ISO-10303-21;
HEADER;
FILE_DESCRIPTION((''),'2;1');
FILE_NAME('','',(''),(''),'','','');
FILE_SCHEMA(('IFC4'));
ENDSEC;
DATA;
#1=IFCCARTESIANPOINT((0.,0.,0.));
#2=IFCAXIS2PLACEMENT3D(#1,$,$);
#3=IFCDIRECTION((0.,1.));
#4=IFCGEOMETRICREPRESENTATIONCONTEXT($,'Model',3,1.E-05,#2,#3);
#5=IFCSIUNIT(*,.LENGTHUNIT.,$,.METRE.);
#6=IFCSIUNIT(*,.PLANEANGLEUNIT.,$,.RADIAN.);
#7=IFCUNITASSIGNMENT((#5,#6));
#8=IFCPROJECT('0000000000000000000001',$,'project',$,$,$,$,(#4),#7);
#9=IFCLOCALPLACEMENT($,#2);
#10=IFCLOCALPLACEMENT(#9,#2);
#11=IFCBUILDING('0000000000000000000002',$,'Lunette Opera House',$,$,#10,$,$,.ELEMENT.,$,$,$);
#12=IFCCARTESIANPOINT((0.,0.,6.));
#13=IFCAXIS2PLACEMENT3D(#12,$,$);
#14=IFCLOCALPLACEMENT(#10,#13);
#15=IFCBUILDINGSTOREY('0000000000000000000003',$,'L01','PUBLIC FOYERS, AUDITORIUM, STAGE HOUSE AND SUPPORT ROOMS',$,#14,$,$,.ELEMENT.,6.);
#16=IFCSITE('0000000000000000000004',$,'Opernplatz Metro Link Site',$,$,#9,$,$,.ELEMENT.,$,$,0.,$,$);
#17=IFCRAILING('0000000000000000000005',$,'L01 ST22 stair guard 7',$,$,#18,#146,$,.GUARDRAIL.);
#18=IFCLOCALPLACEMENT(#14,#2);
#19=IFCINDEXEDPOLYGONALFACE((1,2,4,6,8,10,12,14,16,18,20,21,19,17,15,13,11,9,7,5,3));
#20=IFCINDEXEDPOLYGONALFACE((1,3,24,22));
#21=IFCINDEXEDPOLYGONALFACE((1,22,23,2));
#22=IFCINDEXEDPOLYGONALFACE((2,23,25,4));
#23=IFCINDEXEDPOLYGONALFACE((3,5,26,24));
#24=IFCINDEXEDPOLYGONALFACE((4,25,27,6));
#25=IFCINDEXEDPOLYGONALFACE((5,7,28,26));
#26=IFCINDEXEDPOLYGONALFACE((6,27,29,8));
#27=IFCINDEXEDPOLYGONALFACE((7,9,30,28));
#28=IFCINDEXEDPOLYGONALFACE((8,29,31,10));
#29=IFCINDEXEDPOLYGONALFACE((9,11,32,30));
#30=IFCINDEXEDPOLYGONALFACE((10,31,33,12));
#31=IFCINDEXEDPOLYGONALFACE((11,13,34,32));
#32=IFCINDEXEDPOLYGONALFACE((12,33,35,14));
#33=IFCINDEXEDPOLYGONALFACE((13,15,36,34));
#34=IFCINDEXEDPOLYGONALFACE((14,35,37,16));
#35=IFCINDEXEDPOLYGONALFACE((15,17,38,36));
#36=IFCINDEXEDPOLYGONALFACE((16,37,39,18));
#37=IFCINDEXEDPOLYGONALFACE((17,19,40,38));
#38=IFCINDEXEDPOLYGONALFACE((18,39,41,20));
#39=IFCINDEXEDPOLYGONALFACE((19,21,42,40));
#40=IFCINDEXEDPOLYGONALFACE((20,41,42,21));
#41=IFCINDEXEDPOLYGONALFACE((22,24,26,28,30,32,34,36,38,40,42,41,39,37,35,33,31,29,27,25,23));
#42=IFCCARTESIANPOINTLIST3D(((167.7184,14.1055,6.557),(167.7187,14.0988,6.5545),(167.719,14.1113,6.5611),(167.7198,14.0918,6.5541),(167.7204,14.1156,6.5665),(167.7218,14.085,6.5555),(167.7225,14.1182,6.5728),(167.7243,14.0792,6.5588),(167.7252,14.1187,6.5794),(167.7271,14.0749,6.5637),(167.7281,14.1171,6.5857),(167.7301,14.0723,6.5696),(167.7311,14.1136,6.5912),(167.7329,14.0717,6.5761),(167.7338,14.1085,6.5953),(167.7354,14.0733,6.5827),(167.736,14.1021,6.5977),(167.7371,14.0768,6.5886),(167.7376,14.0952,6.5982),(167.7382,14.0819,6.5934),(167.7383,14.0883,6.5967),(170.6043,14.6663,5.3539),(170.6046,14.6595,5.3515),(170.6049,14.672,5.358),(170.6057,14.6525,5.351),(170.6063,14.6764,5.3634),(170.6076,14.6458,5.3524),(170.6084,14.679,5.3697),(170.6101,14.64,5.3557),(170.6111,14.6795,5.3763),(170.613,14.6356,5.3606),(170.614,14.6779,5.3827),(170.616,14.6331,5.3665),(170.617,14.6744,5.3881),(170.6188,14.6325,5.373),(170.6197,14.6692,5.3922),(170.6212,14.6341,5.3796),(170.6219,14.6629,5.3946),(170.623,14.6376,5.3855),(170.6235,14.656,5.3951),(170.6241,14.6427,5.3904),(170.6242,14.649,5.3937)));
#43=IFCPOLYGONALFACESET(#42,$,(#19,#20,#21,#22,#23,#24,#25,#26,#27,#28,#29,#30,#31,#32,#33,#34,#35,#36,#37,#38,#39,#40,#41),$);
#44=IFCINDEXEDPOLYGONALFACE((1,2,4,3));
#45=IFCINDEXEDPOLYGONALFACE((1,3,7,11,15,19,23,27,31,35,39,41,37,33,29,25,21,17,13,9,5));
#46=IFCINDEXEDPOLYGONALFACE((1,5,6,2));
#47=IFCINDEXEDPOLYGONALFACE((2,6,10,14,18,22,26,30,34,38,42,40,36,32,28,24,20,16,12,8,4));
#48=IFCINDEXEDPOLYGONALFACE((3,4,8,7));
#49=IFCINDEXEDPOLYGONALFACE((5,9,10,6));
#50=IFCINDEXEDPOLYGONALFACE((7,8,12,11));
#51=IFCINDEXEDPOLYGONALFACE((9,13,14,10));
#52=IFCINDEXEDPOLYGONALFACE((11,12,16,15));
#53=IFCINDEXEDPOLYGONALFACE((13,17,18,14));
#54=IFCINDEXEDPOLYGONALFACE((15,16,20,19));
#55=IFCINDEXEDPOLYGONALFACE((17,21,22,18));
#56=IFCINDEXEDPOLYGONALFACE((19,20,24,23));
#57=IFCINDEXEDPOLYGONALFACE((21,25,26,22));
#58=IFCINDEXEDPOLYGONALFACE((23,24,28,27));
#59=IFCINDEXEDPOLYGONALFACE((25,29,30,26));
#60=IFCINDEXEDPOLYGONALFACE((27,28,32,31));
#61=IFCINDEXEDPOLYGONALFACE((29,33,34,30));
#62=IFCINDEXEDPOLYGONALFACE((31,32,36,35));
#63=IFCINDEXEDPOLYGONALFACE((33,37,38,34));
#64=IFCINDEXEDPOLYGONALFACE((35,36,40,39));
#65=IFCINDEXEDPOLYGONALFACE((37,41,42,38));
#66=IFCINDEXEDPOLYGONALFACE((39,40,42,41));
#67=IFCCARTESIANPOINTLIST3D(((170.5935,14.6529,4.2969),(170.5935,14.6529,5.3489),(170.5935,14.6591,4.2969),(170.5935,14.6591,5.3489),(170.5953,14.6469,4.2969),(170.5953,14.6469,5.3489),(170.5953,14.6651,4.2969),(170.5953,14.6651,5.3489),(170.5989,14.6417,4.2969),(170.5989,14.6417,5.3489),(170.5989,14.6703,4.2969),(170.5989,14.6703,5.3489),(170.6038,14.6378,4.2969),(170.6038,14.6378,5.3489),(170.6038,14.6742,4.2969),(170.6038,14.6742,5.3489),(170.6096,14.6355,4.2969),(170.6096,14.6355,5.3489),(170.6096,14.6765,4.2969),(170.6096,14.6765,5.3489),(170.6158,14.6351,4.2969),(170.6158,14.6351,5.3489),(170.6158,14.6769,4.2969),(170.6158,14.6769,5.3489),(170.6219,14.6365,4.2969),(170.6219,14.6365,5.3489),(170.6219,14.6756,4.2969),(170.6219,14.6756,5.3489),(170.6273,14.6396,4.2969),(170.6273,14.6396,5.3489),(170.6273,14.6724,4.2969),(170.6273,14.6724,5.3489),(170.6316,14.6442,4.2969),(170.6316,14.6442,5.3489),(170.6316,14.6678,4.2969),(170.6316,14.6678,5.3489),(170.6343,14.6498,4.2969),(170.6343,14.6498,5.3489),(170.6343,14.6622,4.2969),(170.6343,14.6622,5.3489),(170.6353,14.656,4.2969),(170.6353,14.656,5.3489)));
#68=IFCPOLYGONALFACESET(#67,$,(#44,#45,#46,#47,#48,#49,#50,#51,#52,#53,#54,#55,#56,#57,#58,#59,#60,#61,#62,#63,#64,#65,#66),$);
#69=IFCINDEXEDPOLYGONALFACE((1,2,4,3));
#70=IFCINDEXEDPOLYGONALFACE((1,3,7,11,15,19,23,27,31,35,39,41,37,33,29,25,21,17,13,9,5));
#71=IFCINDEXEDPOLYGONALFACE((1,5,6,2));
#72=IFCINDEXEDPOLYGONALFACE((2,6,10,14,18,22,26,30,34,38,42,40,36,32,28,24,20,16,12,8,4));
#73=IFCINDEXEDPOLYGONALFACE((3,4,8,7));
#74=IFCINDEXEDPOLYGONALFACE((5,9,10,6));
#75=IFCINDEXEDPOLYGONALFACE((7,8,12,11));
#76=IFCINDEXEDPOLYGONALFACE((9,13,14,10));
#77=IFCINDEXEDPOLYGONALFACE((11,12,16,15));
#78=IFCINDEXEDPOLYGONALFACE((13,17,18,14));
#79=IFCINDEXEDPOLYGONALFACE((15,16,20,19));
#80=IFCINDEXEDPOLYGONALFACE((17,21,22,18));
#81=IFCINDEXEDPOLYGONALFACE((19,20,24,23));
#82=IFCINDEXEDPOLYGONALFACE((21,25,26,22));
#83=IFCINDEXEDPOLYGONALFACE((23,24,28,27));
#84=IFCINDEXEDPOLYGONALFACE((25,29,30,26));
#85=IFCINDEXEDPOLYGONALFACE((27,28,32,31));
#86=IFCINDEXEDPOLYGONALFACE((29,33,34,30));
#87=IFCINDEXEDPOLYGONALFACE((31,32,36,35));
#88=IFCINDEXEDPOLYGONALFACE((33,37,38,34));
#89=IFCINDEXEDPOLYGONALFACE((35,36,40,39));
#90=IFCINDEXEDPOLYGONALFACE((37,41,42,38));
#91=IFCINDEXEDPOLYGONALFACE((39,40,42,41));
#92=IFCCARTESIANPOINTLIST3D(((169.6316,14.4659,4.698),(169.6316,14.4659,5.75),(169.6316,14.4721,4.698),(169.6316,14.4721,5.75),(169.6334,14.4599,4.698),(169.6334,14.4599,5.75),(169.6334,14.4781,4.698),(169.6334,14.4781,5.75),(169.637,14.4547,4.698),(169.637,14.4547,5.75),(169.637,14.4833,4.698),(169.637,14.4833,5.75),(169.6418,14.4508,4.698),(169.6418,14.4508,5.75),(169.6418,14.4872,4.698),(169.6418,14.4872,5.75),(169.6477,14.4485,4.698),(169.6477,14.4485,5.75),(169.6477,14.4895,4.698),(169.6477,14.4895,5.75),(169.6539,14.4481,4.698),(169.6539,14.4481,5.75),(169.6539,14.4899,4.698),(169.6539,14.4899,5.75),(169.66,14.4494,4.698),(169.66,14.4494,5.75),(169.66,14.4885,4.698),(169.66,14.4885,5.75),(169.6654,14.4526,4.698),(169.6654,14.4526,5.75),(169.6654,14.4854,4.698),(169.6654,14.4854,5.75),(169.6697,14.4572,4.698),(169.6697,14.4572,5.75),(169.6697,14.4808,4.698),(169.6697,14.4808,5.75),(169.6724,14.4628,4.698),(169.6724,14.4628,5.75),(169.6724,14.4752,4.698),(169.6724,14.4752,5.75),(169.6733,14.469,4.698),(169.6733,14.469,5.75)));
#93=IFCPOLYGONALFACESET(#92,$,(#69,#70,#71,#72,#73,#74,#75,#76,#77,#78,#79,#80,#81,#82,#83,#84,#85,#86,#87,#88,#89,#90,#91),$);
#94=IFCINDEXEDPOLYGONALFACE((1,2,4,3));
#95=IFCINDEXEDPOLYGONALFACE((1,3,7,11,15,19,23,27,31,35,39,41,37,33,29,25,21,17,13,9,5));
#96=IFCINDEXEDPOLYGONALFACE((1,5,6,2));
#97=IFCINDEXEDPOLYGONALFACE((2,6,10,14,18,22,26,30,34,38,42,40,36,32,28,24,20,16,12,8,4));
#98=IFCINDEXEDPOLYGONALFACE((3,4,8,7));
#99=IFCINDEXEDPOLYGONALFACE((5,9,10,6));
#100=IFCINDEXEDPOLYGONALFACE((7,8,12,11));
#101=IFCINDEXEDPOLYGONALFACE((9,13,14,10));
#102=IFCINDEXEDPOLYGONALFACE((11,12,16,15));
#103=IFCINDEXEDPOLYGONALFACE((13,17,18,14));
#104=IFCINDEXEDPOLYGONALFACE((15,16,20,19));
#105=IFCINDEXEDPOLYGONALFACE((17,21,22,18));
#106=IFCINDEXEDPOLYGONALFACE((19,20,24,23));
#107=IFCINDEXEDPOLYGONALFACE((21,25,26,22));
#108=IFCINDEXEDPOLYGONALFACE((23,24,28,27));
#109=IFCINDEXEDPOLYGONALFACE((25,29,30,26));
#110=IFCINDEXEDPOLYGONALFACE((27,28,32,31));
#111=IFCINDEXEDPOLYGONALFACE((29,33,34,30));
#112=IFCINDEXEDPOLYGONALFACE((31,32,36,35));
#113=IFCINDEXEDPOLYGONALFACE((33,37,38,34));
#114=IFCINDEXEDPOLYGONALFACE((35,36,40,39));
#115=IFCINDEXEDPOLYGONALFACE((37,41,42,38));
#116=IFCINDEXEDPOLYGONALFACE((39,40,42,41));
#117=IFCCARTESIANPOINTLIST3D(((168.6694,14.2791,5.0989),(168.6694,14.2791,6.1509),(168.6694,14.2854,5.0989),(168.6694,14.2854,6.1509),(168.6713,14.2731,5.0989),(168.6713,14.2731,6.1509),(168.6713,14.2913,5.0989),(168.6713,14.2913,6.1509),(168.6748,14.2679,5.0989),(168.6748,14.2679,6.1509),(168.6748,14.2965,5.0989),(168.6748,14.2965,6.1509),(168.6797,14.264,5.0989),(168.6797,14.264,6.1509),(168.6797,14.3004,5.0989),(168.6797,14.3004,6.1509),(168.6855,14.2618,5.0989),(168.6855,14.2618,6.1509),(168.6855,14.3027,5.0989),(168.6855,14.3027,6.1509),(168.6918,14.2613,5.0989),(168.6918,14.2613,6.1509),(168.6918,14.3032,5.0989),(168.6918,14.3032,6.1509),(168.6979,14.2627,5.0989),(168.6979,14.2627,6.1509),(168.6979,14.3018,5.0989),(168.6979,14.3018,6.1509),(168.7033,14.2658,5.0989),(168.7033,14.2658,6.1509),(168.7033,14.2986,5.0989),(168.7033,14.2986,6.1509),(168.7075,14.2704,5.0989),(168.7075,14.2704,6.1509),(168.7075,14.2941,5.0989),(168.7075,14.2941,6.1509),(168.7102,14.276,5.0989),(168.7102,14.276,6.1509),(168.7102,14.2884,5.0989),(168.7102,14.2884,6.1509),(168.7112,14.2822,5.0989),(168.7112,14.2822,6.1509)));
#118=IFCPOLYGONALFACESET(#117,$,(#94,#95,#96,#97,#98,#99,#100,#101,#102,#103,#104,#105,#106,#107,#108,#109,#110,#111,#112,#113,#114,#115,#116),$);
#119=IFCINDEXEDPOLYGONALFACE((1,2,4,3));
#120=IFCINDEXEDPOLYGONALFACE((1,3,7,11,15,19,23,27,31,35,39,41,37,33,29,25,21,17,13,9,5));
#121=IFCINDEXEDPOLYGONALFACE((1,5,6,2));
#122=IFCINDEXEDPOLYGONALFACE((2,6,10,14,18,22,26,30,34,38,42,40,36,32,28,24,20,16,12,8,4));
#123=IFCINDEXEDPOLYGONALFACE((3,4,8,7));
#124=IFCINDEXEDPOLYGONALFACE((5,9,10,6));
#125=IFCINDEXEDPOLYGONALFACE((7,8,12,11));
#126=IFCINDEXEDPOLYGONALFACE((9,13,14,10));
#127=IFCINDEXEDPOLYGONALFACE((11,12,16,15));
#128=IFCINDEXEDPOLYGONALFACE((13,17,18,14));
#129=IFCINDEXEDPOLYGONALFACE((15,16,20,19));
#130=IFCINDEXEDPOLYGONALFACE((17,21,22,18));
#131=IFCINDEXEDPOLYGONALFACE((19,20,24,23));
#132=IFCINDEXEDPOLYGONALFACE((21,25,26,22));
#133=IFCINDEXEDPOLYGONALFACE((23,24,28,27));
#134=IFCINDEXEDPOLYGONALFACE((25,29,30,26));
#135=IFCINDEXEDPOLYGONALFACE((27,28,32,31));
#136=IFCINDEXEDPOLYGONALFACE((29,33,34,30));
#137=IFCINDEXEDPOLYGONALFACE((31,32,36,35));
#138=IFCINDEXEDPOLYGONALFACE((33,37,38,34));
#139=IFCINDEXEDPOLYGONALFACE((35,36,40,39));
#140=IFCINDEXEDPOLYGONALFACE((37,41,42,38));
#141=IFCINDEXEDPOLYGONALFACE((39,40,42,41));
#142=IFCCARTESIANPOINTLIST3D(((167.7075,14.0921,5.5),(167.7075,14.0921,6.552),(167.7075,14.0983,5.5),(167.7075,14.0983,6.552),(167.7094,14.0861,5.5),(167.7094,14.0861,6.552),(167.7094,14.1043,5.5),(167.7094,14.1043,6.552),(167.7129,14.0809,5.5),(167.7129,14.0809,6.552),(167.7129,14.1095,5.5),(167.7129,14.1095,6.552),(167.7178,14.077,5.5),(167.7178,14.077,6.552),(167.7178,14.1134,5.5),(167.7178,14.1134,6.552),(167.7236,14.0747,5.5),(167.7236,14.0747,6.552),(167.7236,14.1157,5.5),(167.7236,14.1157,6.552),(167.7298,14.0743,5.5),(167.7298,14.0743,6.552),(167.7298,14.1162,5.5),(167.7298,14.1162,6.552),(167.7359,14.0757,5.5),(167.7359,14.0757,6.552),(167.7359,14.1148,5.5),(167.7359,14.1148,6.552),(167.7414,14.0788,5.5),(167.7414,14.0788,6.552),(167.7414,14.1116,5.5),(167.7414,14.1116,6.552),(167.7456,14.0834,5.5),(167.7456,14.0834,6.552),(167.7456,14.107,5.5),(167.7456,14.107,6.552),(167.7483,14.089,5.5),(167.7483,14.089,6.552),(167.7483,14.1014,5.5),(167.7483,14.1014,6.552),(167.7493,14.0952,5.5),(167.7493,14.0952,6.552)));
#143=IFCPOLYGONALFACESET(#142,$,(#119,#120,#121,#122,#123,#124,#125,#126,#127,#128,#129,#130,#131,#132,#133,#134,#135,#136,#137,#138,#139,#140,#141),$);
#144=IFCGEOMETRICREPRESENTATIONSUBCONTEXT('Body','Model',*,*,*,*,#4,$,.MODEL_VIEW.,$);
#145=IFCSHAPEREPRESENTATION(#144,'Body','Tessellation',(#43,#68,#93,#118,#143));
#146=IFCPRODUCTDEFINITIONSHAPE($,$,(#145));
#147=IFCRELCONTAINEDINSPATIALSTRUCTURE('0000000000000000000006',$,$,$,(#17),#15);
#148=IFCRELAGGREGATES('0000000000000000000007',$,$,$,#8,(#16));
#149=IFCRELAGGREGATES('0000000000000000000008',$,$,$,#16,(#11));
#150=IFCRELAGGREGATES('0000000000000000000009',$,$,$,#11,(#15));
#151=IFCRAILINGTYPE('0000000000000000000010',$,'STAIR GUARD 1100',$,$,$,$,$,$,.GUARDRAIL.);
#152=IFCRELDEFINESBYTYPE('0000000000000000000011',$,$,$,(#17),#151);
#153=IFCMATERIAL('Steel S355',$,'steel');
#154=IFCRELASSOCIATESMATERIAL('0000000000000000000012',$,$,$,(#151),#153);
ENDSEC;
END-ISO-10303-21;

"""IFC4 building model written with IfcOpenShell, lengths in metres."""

from ifc_helpers import new_model, si_unit, direction, frame, origin, origin_2d, place, context, subcontext, project, spatial, circle, extrude, material, type_object, element, save


model = new_model("IFC4")

# Units and contexts
model_context = context("Model", 3, precision=1e-05, world=origin(), true_north=direction((0.0, 1.0)))
body_context = subcontext(model_context, "Body", "Model", "MODEL_VIEW")
ifc_project = project(units=[si_unit("LENGTHUNIT", "METRE"), si_unit("PLANEANGLEUNIT", "RADIAN")], contexts=[model_context])

# Site, building, storey
site_placement = place(None, origin())
site = spatial("IfcSite", under=ifc_project, at=site_placement, Name="Opernplatz Metro Link Site", CompositionType="ELEMENT", RefElevation=0.0)
building_placement = place(site_placement, origin())
building = spatial("IfcBuilding", under=site, at=building_placement, Name="Lunette Opera House", CompositionType="ELEMENT")
storey_placement = place(building_placement, frame((0.0, 0.0, 6.0)))
storey = spatial("IfcBuildingStorey", under=building, at=storey_placement, Name="L01", Description="PUBLIC FOYERS, AUDITORIUM, STAGE HOUSE AND SUPPORT ROOMS", CompositionType="ELEMENT", Elevation=6.0)

# Railing
ifc_material_1 = material(Name="Steel S355", Category="steel")
railing_type_1 = type_object("IfcRailingType", Name="STAIR GUARD 1100", PredefinedType="GUARDRAIL", material=ifc_material_1)
railing_1_placement = place(storey_placement, frame((170.6143, 14.656, 4.2969)))
element("IfcRailing", 1, at=railing_1_placement, inside=storey, type_object=railing_type_1, Name="L01 ST22 stair guard 7", PredefinedType="GUARDRAIL", context=body_context, shape_type="SweptSolid", body=[
    extrude(circle(Radius=0.0239, at=origin_2d()), frame((0.0, 0.0, 1.0762), z_axis=(-0.908509, -0.176537, 0.378744), x_axis=(0.190747, -0.981639, 0.0)), (0.0, 0.0, 1.0), 3.1765),
    extrude(circle(Radius=0.021, at=origin_2d()), origin(), (0.0, 0.0, 1.0), 1.052),
    extrude(circle(Radius=0.021, at=origin_2d()), frame((-0.9619, -0.187, 0.4011)), (0.0, 0.0, 1.0), 1.052),
    extrude(circle(Radius=0.021, at=origin_2d()), frame((-1.9241, -0.3738, 0.802)), (0.0, 0.0, 1.0), 1.052),
    extrude(circle(Radius=0.021, at=origin_2d()), frame((-2.886, -0.5608, 1.2031)), (0.0, 0.0, 1.0), 1.052),
])

save(model, "model.ifc")
